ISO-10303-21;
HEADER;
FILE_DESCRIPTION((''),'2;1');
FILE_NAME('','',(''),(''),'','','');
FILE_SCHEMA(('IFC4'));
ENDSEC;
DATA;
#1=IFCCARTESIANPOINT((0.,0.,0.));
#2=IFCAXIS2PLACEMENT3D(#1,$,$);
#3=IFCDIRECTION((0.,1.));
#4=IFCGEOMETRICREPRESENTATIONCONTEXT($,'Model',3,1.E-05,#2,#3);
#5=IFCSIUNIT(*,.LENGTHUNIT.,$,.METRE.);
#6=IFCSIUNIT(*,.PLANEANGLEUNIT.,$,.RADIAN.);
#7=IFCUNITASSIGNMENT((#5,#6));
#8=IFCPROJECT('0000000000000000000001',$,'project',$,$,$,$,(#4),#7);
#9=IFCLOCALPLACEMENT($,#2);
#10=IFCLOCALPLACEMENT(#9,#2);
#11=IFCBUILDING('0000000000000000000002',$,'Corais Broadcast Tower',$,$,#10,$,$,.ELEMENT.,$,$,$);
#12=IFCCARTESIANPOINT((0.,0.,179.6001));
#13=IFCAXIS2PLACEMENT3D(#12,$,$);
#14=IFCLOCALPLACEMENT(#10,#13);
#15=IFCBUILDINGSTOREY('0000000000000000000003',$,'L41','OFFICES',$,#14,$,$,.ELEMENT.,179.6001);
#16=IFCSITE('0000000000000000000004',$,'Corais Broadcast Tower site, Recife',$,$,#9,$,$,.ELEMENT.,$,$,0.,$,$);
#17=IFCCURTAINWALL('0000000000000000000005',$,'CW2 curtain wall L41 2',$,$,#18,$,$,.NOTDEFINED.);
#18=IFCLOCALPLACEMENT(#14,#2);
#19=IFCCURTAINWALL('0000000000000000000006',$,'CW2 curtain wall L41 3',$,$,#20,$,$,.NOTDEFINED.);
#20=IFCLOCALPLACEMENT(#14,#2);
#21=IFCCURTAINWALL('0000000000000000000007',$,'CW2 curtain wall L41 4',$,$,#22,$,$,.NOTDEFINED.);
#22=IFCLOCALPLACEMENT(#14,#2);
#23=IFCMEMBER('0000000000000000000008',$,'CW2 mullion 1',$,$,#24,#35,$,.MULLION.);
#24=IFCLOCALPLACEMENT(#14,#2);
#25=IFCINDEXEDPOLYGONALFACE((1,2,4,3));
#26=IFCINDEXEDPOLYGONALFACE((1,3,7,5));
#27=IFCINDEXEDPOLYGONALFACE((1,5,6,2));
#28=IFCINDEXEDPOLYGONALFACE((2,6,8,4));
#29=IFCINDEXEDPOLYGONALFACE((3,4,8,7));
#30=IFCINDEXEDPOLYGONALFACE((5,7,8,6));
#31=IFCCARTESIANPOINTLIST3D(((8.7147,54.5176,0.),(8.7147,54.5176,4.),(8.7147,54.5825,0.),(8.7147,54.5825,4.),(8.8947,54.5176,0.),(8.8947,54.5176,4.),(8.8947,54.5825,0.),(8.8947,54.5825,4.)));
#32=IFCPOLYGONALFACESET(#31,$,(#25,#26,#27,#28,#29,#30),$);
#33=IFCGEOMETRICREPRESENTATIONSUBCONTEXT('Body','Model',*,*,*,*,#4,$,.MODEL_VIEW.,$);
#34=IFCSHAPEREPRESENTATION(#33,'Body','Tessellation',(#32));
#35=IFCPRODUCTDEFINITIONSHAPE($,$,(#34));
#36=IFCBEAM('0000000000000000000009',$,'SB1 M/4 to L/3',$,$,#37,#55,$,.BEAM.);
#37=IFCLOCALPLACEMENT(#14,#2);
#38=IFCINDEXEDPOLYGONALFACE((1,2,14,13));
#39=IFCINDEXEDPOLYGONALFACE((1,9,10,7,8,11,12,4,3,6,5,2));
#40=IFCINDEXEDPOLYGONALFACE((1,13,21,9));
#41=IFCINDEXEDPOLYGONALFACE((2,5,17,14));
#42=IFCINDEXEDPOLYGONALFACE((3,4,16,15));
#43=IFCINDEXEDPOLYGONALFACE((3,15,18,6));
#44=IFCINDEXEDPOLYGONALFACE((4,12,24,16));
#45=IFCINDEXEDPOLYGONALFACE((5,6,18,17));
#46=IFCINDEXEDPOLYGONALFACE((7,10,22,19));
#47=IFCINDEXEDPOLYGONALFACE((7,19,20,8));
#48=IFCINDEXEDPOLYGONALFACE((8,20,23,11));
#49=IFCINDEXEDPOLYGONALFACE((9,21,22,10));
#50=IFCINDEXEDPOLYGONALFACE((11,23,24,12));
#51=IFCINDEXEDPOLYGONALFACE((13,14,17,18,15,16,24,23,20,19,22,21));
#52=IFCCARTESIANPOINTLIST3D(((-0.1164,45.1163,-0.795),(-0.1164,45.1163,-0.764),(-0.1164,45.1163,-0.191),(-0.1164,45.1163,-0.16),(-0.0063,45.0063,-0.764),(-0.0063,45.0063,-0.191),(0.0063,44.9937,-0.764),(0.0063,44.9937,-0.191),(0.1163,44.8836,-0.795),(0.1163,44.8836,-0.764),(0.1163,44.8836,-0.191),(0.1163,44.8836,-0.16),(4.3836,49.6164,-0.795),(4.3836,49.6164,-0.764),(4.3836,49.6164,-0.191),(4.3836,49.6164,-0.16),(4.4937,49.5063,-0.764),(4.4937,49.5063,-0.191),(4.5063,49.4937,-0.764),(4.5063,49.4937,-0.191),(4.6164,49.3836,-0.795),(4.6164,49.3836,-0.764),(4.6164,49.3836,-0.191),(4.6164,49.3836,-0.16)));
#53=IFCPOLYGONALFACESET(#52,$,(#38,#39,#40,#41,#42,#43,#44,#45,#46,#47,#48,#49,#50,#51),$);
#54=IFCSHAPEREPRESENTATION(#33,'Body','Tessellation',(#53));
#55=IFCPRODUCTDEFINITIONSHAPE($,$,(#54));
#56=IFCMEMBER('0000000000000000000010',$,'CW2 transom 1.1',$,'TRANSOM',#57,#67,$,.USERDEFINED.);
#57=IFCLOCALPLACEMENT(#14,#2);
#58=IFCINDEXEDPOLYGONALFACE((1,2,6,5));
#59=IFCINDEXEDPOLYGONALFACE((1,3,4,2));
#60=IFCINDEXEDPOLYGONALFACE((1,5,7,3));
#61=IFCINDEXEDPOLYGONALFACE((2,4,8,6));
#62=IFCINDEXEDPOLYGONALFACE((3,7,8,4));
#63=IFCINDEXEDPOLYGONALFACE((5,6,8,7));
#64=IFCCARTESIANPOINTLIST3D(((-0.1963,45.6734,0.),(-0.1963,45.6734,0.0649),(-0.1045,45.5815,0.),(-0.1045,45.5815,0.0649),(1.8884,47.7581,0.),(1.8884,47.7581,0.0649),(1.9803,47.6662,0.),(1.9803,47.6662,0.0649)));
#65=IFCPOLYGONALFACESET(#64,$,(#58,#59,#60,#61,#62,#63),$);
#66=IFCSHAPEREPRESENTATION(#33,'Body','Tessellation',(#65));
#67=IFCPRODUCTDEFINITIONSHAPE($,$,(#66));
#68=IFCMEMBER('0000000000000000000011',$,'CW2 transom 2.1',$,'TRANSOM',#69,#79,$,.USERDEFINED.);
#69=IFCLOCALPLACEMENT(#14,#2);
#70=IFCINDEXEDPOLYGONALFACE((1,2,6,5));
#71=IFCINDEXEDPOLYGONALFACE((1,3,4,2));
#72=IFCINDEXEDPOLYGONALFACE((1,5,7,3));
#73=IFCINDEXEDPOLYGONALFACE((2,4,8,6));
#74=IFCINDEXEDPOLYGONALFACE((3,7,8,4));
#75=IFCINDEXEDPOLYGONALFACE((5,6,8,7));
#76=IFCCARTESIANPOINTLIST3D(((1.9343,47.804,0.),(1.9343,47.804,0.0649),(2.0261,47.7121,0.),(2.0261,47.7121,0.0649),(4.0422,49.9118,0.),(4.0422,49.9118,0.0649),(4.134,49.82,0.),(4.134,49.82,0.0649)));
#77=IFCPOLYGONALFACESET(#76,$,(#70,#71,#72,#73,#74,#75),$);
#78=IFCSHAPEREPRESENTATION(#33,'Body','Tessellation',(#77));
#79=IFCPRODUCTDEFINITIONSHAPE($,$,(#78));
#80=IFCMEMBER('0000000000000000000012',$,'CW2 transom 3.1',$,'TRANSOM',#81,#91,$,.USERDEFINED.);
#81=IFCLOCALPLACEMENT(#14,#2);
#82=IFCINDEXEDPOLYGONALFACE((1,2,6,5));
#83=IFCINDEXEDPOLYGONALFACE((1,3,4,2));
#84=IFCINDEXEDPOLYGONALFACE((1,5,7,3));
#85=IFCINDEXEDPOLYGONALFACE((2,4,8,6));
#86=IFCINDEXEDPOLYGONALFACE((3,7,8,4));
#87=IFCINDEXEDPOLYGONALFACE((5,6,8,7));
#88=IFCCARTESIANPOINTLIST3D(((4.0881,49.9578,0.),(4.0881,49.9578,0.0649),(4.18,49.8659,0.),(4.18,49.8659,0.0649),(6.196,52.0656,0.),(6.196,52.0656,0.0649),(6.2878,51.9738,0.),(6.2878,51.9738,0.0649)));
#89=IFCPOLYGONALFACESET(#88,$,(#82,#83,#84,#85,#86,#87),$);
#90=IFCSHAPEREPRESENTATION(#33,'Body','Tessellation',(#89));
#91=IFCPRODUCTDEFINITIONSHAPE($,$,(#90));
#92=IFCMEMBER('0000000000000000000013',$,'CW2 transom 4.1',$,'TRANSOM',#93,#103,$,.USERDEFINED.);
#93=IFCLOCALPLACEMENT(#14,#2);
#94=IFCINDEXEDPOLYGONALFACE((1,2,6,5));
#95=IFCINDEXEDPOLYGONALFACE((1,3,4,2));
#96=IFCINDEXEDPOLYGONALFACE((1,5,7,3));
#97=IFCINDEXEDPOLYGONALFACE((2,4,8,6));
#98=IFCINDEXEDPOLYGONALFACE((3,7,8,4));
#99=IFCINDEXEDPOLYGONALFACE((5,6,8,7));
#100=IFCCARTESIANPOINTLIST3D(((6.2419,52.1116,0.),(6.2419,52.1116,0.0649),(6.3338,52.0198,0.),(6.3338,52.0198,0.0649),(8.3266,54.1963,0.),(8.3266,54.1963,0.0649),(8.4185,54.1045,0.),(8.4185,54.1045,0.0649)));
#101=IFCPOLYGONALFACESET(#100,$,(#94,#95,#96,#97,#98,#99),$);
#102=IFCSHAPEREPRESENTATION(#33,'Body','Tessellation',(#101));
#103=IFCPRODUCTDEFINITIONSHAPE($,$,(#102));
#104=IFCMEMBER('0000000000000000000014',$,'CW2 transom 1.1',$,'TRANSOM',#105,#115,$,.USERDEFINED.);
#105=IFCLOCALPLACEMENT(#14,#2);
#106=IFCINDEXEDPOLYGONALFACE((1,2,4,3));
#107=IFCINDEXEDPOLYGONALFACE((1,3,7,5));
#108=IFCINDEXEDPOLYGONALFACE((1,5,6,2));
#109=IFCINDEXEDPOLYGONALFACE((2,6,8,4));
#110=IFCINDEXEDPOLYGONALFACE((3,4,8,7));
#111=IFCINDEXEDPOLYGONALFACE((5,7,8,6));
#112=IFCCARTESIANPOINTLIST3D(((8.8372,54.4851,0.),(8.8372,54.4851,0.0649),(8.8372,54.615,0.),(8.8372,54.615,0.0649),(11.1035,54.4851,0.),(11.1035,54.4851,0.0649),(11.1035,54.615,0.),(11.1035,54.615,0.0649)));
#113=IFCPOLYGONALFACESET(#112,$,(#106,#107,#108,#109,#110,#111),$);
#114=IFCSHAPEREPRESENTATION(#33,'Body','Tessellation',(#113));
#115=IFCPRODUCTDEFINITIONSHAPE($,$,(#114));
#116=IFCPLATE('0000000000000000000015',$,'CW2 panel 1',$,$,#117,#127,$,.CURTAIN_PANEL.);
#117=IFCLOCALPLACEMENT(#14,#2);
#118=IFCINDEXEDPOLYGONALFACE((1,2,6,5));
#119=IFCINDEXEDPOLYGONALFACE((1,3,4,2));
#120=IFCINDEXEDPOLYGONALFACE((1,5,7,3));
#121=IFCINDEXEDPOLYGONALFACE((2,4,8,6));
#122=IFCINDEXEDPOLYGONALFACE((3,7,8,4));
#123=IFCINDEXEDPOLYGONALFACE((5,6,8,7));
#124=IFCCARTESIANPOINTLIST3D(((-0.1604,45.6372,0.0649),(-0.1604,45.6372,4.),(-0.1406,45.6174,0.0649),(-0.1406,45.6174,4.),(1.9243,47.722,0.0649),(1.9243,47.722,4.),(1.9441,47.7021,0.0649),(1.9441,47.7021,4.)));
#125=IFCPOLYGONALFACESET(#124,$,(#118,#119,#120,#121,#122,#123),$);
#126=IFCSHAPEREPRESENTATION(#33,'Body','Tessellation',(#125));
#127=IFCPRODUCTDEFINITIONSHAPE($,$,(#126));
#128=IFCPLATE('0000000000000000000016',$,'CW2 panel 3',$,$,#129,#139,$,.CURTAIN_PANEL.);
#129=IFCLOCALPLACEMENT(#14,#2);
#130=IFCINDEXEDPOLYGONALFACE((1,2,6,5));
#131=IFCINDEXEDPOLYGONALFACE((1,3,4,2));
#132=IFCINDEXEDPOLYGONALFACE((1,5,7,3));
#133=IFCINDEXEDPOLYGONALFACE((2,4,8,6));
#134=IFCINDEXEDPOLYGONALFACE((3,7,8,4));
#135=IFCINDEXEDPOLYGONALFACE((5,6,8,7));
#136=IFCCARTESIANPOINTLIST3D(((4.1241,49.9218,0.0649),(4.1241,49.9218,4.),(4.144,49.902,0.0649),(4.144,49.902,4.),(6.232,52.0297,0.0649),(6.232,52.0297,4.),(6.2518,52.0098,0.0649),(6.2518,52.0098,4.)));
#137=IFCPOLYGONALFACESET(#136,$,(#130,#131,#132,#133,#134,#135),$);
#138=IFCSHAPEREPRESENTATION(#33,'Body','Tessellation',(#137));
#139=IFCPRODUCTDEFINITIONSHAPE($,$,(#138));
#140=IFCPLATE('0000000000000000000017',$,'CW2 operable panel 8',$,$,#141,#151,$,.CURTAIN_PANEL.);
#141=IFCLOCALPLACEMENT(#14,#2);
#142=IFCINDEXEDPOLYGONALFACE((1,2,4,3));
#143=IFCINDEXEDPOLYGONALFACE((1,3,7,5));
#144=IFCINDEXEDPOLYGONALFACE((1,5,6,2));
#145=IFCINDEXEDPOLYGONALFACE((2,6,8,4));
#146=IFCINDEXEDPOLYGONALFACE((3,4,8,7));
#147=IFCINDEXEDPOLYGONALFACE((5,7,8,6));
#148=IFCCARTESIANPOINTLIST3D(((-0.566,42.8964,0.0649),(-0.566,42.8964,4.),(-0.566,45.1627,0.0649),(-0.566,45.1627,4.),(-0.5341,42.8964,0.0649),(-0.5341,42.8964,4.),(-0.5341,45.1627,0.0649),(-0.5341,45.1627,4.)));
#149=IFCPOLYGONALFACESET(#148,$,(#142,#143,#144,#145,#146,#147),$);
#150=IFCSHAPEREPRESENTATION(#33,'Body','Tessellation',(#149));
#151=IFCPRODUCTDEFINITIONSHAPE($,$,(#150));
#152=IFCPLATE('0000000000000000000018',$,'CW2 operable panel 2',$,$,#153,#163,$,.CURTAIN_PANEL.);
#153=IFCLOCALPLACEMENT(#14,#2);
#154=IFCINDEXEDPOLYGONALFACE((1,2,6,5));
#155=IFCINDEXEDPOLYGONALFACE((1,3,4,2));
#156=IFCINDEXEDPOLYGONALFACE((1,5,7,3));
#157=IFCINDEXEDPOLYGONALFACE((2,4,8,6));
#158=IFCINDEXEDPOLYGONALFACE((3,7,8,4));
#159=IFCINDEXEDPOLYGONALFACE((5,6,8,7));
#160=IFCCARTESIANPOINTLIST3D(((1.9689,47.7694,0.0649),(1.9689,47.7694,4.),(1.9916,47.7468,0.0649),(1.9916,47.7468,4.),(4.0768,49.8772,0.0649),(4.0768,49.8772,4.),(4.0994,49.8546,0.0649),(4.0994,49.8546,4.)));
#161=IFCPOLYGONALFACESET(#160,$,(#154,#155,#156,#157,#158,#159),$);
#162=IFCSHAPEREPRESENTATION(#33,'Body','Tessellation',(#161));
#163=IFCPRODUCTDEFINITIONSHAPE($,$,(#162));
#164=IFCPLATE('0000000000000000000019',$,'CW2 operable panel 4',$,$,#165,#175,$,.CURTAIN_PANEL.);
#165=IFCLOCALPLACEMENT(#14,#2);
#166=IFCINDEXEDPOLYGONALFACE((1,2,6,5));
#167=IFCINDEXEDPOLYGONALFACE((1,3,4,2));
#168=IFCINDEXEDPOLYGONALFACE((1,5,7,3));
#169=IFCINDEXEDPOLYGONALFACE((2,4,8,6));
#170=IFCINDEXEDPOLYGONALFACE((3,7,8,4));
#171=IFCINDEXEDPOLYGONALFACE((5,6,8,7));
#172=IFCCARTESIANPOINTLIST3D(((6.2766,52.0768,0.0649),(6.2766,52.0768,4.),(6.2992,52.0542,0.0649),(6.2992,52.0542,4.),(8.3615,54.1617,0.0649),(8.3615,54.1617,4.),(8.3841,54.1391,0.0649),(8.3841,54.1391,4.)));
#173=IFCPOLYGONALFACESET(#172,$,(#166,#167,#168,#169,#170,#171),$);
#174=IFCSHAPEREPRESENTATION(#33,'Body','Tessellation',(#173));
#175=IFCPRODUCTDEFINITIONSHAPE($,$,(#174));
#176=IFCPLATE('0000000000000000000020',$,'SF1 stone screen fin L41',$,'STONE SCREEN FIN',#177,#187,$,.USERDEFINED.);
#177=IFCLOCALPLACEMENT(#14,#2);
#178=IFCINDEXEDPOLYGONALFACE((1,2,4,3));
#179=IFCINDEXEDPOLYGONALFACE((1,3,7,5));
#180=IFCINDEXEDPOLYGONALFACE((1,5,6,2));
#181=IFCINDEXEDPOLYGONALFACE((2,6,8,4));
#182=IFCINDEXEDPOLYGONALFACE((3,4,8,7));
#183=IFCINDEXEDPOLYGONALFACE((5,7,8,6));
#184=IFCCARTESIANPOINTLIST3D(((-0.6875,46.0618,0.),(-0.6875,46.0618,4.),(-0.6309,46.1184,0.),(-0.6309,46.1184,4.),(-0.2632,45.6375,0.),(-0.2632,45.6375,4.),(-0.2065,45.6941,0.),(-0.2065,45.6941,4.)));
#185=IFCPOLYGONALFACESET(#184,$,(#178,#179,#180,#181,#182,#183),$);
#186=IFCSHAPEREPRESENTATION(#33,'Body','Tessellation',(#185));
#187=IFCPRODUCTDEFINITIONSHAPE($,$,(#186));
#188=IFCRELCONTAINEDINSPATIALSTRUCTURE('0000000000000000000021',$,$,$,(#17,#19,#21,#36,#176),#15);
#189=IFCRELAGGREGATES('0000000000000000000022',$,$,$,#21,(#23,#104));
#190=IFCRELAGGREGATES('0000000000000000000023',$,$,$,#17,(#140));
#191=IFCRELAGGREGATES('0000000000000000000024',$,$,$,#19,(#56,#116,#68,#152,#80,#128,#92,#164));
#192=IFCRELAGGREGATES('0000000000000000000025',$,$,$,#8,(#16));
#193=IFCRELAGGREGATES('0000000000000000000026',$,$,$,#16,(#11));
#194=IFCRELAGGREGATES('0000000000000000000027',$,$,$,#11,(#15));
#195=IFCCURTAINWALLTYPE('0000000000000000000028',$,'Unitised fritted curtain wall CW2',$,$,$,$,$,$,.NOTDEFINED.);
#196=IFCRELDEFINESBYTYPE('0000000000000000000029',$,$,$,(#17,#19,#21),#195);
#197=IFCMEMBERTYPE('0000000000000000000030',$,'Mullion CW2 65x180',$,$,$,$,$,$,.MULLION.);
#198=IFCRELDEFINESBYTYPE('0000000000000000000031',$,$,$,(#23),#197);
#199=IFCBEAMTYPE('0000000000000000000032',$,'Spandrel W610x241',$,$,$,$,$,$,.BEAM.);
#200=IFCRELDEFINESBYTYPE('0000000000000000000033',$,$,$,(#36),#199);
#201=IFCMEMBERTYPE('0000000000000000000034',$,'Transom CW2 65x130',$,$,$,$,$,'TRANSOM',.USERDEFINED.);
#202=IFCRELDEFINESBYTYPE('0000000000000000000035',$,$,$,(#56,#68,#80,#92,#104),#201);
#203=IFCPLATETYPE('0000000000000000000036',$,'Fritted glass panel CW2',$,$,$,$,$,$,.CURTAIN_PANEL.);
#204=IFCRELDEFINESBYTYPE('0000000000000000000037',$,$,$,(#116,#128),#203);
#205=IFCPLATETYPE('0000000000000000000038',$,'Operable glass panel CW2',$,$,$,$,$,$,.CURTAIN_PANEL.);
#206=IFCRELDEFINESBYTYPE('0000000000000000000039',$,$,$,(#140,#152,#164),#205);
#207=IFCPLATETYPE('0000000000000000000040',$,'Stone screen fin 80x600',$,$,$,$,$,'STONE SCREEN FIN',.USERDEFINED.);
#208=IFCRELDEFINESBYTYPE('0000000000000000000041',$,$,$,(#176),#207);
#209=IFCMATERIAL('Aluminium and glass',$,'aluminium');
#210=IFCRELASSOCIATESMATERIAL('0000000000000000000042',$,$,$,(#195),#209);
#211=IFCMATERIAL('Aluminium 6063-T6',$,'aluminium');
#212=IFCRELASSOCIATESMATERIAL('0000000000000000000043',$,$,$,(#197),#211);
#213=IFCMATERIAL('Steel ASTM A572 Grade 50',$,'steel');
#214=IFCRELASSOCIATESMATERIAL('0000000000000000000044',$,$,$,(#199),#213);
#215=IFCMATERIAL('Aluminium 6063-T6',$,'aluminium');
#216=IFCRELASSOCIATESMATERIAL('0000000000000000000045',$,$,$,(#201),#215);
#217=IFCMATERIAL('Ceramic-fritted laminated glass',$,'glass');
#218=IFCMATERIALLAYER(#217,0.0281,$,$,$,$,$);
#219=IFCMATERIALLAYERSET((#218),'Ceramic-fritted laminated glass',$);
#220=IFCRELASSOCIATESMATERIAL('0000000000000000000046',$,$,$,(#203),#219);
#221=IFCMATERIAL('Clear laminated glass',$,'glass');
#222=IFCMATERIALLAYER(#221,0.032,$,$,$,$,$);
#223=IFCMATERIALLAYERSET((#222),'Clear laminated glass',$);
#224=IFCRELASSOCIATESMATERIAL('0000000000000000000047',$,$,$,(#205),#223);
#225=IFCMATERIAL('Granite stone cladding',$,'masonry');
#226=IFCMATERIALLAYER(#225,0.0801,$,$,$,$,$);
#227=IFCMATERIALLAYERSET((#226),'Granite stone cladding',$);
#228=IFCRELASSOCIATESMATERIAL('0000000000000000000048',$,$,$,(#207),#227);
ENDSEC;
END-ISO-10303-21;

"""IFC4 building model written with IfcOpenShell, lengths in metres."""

from ifc_helpers import new_model, si_unit, direction, frame, origin, origin_2d, place, context, subcontext, project, spatial, rectangle, i_section, extrude, material, layer, layer_set, material_profile, profile_set, type_object, element, aggregate, save


model = new_model("IFC4")

# Units and contexts
model_context = context("Model", 3, precision=1e-05, world=origin(), true_north=direction((0.0, 1.0)))
body_context = subcontext(model_context, "Body", "Model", "MODEL_VIEW")
ifc_project = project(units=[si_unit("LENGTHUNIT", "METRE"), si_unit("PLANEANGLEUNIT", "RADIAN")], contexts=[model_context])

# Site, building, storey
site_placement = place(None, origin())
site = spatial("IfcSite", under=ifc_project, at=site_placement, Name="Corais Broadcast Tower site, Recife", CompositionType="ELEMENT", RefElevation=0.0)
building_placement = place(site_placement, origin())
building = spatial("IfcBuilding", under=site, at=building_placement, Name="Corais Broadcast Tower", CompositionType="ELEMENT")
storey_placement = place(building_placement, frame((0.0, 0.0, 179.6001)))
storey = spatial("IfcBuildingStorey", under=building, at=storey_placement, Name="L41", Description="OFFICES", CompositionType="ELEMENT", Elevation=179.6001)

# Curtain wall
ifc_material_1 = material(Name="Aluminium and glass", Category="aluminium")
curtain_wall_type = type_object("IfcCurtainWallType", Name="Unitised fritted curtain wall CW2", PredefinedType="NOTDEFINED", material=ifc_material_1)
curtain_wall_1_placement = place(storey_placement, origin())
curtain_wall_1 = element("IfcCurtainWall", 1, at=curtain_wall_1_placement, inside=storey, type_object=curtain_wall_type, Name="CW2 curtain wall L41 2", PredefinedType="NOTDEFINED")
ifc_material_2 = material(Name="Aluminium 6063-T6", Category="aluminium")
ifc_material_profile_1 = material_profile(ifc_material_2, rectangle(XDim=0.0649, YDim=0.1799, at=origin_2d()), Name="Mullion CW2 65x180")
ifc_profile_set_1 = profile_set([ifc_material_profile_1], Name="Aluminium 6063-T6")
member_type_1 = type_object("IfcMemberType", Name="Mullion CW2 65x180", PredefinedType="MULLION", material=ifc_profile_set_1)

# Curtain wall
curtain_wall_2_placement = place(storey_placement, origin())
curtain_wall_2 = element("IfcCurtainWall", 2, at=curtain_wall_2_placement, inside=storey, type_object=curtain_wall_type, Name="CW2 curtain wall L41 3", PredefinedType="NOTDEFINED")

# Curtain wall, member
curtain_wall_3_placement = place(storey_placement, origin())
curtain_wall_3 = element("IfcCurtainWall", 3, at=curtain_wall_3_placement, inside=storey, type_object=curtain_wall_type, Name="CW2 curtain wall L41 4", PredefinedType="NOTDEFINED")
member_1_placement = place(storey_placement, frame((8.8047, 54.55, 0.0), z_axis=(0.0, 0.0, 1.0), x_axis=(0.0, 1.0, 0.0)))
member_1 = element("IfcMember", 4, at=member_1_placement, type_object=member_type_1, Name="CW2 mullion 1", PredefinedType="MULLION", context=body_context, shape_type="SweptSolid", body=[
    extrude(rectangle(XDim=0.0649, YDim=0.1799, at=origin_2d()), origin(), (0.0, 0.0, 1.0), 4.0),
])

# Beam
ifc_material_3 = material(Name="Steel ASTM A572 Grade 50", Category="steel")
ifc_material_profile_2 = material_profile(ifc_material_3, i_section(OverallWidth=0.3291, OverallDepth=0.635, WebThickness=0.0178, FlangeThickness=0.031, at=origin_2d()), Name="W610x241")
ifc_profile_set_2 = profile_set([ifc_material_profile_2], Name="Steel ASTM A572 Grade 50")
beam_type_1 = type_object("IfcBeamType", Name="Spandrel W610x241", PredefinedType="BEAM", material=ifc_profile_set_2)
beam_1_placement = place(storey_placement, frame((4.5, 49.5, -0.4775), z_axis=(-0.707107, -0.707107, 0.0), x_axis=(0.707107, -0.707107, 0.0)))
element("IfcBeam", 5, at=beam_1_placement, inside=storey, type_object=beam_type_1, Name="SB1 M/4 to L/3", PredefinedType="BEAM", context=body_context, shape_type="SweptSolid", body=[
    extrude(i_section(OverallWidth=0.3291, OverallDepth=0.635, WebThickness=0.0178, FlangeThickness=0.031, at=origin_2d()), origin(), (0.0, 0.0, 1.0), 6.364),
])

# Members
ifc_material_4 = material(Name="Aluminium 6063-T6", Category="aluminium")
ifc_material_profile_3 = material_profile(ifc_material_4, rectangle(XDim=0.1299, YDim=0.0649, at=origin_2d()), Name="Transom CW2 65x130")
ifc_profile_set_3 = profile_set([ifc_material_profile_3], Name="Aluminium 6063-T6")
member_type_2 = type_object("IfcMemberType", Name="Transom CW2 65x130", ElementType="TRANSOM", PredefinedType="USERDEFINED", material=ifc_profile_set_3)
member_2_placement = place(storey_placement, frame((-0.1504, 45.6274, 0.0325), z_axis=(0.707107, 0.707107, 0.0), x_axis=(-0.707107, 0.707107, 0.0)))
member_2 = element("IfcMember", 6, at=member_2_placement, type_object=member_type_2, Name="CW2 transom 1.1", ObjectType="TRANSOM", PredefinedType="USERDEFINED", context=body_context, shape_type="SweptSolid", body=[
    extrude(rectangle(XDim=0.1299, YDim=0.0649, at=origin_2d()), origin(), (0.0, 0.0, 1.0), 2.9482),
])
member_3_placement = place(storey_placement, frame((1.9802, 47.7581, 0.0325), z_axis=(0.707107, 0.707107, 0.0), x_axis=(-0.707107, 0.707107, 0.0)))
member_3 = element("IfcMember", 7, at=member_3_placement, type_object=member_type_2, Name="CW2 transom 2.1", ObjectType="TRANSOM", PredefinedType="USERDEFINED", context=body_context, shape_type="SweptSolid", body=[
    extrude(rectangle(XDim=0.1299, YDim=0.0649, at=origin_2d()), origin(), (0.0, 0.0, 1.0), 2.981),
])
member_4_placement = place(storey_placement, frame((4.134, 49.9119, 0.0325), z_axis=(0.707107, 0.707107, 0.0), x_axis=(-0.707107, 0.707107, 0.0)))
member_4 = element("IfcMember", 8, at=member_4_placement, type_object=member_type_2, Name="CW2 transom 3.1", ObjectType="TRANSOM", PredefinedType="USERDEFINED", context=body_context, shape_type="SweptSolid", body=[
    extrude(rectangle(XDim=0.1299, YDim=0.0649, at=origin_2d()), origin(), (0.0, 0.0, 1.0), 2.981),
])
member_5_placement = place(storey_placement, frame((6.2878, 52.0657, 0.0325), z_axis=(0.707107, 0.707107, 0.0), x_axis=(-0.707107, 0.707107, 0.0)))
member_5 = element("IfcMember", 9, at=member_5_placement, type_object=member_type_2, Name="CW2 transom 4.1", ObjectType="TRANSOM", PredefinedType="USERDEFINED", context=body_context, shape_type="SweptSolid", body=[
    extrude(rectangle(XDim=0.1299, YDim=0.0649, at=origin_2d()), origin(), (0.0, 0.0, 1.0), 2.9482),
])
member_6_placement = place(storey_placement, frame((8.8372, 54.55, 0.0325), z_axis=(1.0, 0.0, 0.0), x_axis=(0.0, 1.0, 0.0)))
member_6 = element("IfcMember", 10, at=member_6_placement, type_object=member_type_2, Name="CW2 transom 1.1", ObjectType="TRANSOM", PredefinedType="USERDEFINED", context=body_context, shape_type="SweptSolid", body=[
    extrude(rectangle(XDim=0.1299, YDim=0.0649, at=origin_2d()), origin(), (0.0, 0.0, 1.0), 2.2664),
])
aggregate(curtain_wall_3, [member_1, member_6])

# Plates
ifc_material_5 = material(Name="Ceramic-fritted laminated glass", Category="glass")
ifc_layer_1 = layer(ifc_material_5, 0.0281)
ifc_layer_set_1 = layer_set([ifc_layer_1], Name="Ceramic-fritted laminated glass")
plate_type_1 = type_object("IfcPlateType", Name="Fritted glass panel CW2", PredefinedType="CURTAIN_PANEL", material=ifc_layer_set_1)
plate_1_placement = place(storey_placement, frame((0.8918, 46.6697, 0.0649), z_axis=(0.0, 0.0, 1.0), x_axis=(0.707107, 0.707107, 0.0)))
plate_1 = element("IfcPlate", 11, at=plate_1_placement, type_object=plate_type_1, Name="CW2 panel 1", PredefinedType="CURTAIN_PANEL", context=body_context, shape_type="SweptSolid", body=[
    extrude(rectangle(XDim=2.9482, YDim=0.0281, at=origin_2d()), origin(), (0.0, 0.0, 1.0), 3.9351),
])
plate_2_placement = place(storey_placement, frame((5.188, 50.9658, 0.0649), z_axis=(0.0, 0.0, 1.0), x_axis=(0.707107, 0.707107, 0.0)))
plate_2 = element("IfcPlate", 12, at=plate_2_placement, type_object=plate_type_1, Name="CW2 panel 3", PredefinedType="CURTAIN_PANEL", context=body_context, shape_type="SweptSolid", body=[
    extrude(rectangle(XDim=2.981, YDim=0.0281, at=origin_2d()), origin(), (0.0, 0.0, 1.0), 3.9351),
])
ifc_material_6 = material(Name="Clear laminated glass", Category="glass")
ifc_layer_2 = layer(ifc_material_6, 0.032)
ifc_layer_set_2 = layer_set([ifc_layer_2], Name="Clear laminated glass")
plate_type_2 = type_object("IfcPlateType", Name="Operable glass panel CW2", PredefinedType="CURTAIN_PANEL", material=ifc_layer_set_2)
plate_3_placement = place(storey_placement, frame((-0.55, 44.0295, 0.0649), z_axis=(0.0, 0.0, 1.0), x_axis=(0.0, 1.0, 0.0)))
plate_3 = element("IfcPlate", 13, at=plate_3_placement, type_object=plate_type_2, Name="CW2 operable panel 8", PredefinedType="CURTAIN_PANEL", context=body_context, shape_type="SweptSolid", body=[
    extrude(rectangle(XDim=2.2664, YDim=0.032, at=origin_2d()), origin(), (0.0, 0.0, 1.0), 3.9351),
])
aggregate(curtain_wall_1, [plate_3])
plate_4_placement = place(storey_placement, frame((3.0342, 48.812, 0.0649), z_axis=(0.0, 0.0, 1.0), x_axis=(0.707107, 0.707107, 0.0)))
plate_4 = element("IfcPlate", 14, at=plate_4_placement, type_object=plate_type_2, Name="CW2 operable panel 2", PredefinedType="CURTAIN_PANEL", context=body_context, shape_type="SweptSolid", body=[
    extrude(rectangle(XDim=2.981, YDim=0.032, at=origin_2d()), origin(), (0.0, 0.0, 1.0), 3.9351),
])
plate_5_placement = place(storey_placement, frame((7.3303, 53.1079, 0.0649), z_axis=(0.0, 0.0, 1.0), x_axis=(0.707107, 0.707107, 0.0)))
plate_5 = element("IfcPlate", 15, at=plate_5_placement, type_object=plate_type_2, Name="CW2 operable panel 4", PredefinedType="CURTAIN_PANEL", context=body_context, shape_type="SweptSolid", body=[
    extrude(rectangle(XDim=2.9485, YDim=0.032, at=origin_2d()), origin(), (0.0, 0.0, 1.0), 3.9351),
])
aggregate(curtain_wall_2, [member_2, plate_1, member_3, plate_4, member_4, plate_2, member_5, plate_5])

# Plate
ifc_material_7 = material(Name="Granite stone cladding", Category="masonry")
ifc_layer_3 = layer(ifc_material_7, 0.0801)
ifc_layer_set_3 = layer_set([ifc_layer_3], Name="Granite stone cladding")
plate_type_3 = type_object("IfcPlateType", Name="Stone screen fin 80x600", ElementType="STONE SCREEN FIN", PredefinedType="USERDEFINED", material=ifc_layer_set_3)
for number, where, z_axis, x_axis, name in (
    (16, (-0.447, 45.8779, 0.0), (0.0, 0.0, 1.0), (0.707107, 0.707107, 0.0), "SF1 stone screen fin L41"),
):
    element("IfcPlate", number, at=place(storey_placement, frame(where, z_axis=z_axis, x_axis=x_axis)), inside=storey, type_object=plate_type_3, Name=name, ObjectType="STONE SCREEN FIN", PredefinedType="USERDEFINED", context=body_context, shape_type="SweptSolid", body=[
        extrude(rectangle(XDim=0.0801, YDim=0.6001, at=origin_2d()), origin(), (0.0, 0.0, 1.0), 4.0),
    ])

save(model, "model.ifc")
